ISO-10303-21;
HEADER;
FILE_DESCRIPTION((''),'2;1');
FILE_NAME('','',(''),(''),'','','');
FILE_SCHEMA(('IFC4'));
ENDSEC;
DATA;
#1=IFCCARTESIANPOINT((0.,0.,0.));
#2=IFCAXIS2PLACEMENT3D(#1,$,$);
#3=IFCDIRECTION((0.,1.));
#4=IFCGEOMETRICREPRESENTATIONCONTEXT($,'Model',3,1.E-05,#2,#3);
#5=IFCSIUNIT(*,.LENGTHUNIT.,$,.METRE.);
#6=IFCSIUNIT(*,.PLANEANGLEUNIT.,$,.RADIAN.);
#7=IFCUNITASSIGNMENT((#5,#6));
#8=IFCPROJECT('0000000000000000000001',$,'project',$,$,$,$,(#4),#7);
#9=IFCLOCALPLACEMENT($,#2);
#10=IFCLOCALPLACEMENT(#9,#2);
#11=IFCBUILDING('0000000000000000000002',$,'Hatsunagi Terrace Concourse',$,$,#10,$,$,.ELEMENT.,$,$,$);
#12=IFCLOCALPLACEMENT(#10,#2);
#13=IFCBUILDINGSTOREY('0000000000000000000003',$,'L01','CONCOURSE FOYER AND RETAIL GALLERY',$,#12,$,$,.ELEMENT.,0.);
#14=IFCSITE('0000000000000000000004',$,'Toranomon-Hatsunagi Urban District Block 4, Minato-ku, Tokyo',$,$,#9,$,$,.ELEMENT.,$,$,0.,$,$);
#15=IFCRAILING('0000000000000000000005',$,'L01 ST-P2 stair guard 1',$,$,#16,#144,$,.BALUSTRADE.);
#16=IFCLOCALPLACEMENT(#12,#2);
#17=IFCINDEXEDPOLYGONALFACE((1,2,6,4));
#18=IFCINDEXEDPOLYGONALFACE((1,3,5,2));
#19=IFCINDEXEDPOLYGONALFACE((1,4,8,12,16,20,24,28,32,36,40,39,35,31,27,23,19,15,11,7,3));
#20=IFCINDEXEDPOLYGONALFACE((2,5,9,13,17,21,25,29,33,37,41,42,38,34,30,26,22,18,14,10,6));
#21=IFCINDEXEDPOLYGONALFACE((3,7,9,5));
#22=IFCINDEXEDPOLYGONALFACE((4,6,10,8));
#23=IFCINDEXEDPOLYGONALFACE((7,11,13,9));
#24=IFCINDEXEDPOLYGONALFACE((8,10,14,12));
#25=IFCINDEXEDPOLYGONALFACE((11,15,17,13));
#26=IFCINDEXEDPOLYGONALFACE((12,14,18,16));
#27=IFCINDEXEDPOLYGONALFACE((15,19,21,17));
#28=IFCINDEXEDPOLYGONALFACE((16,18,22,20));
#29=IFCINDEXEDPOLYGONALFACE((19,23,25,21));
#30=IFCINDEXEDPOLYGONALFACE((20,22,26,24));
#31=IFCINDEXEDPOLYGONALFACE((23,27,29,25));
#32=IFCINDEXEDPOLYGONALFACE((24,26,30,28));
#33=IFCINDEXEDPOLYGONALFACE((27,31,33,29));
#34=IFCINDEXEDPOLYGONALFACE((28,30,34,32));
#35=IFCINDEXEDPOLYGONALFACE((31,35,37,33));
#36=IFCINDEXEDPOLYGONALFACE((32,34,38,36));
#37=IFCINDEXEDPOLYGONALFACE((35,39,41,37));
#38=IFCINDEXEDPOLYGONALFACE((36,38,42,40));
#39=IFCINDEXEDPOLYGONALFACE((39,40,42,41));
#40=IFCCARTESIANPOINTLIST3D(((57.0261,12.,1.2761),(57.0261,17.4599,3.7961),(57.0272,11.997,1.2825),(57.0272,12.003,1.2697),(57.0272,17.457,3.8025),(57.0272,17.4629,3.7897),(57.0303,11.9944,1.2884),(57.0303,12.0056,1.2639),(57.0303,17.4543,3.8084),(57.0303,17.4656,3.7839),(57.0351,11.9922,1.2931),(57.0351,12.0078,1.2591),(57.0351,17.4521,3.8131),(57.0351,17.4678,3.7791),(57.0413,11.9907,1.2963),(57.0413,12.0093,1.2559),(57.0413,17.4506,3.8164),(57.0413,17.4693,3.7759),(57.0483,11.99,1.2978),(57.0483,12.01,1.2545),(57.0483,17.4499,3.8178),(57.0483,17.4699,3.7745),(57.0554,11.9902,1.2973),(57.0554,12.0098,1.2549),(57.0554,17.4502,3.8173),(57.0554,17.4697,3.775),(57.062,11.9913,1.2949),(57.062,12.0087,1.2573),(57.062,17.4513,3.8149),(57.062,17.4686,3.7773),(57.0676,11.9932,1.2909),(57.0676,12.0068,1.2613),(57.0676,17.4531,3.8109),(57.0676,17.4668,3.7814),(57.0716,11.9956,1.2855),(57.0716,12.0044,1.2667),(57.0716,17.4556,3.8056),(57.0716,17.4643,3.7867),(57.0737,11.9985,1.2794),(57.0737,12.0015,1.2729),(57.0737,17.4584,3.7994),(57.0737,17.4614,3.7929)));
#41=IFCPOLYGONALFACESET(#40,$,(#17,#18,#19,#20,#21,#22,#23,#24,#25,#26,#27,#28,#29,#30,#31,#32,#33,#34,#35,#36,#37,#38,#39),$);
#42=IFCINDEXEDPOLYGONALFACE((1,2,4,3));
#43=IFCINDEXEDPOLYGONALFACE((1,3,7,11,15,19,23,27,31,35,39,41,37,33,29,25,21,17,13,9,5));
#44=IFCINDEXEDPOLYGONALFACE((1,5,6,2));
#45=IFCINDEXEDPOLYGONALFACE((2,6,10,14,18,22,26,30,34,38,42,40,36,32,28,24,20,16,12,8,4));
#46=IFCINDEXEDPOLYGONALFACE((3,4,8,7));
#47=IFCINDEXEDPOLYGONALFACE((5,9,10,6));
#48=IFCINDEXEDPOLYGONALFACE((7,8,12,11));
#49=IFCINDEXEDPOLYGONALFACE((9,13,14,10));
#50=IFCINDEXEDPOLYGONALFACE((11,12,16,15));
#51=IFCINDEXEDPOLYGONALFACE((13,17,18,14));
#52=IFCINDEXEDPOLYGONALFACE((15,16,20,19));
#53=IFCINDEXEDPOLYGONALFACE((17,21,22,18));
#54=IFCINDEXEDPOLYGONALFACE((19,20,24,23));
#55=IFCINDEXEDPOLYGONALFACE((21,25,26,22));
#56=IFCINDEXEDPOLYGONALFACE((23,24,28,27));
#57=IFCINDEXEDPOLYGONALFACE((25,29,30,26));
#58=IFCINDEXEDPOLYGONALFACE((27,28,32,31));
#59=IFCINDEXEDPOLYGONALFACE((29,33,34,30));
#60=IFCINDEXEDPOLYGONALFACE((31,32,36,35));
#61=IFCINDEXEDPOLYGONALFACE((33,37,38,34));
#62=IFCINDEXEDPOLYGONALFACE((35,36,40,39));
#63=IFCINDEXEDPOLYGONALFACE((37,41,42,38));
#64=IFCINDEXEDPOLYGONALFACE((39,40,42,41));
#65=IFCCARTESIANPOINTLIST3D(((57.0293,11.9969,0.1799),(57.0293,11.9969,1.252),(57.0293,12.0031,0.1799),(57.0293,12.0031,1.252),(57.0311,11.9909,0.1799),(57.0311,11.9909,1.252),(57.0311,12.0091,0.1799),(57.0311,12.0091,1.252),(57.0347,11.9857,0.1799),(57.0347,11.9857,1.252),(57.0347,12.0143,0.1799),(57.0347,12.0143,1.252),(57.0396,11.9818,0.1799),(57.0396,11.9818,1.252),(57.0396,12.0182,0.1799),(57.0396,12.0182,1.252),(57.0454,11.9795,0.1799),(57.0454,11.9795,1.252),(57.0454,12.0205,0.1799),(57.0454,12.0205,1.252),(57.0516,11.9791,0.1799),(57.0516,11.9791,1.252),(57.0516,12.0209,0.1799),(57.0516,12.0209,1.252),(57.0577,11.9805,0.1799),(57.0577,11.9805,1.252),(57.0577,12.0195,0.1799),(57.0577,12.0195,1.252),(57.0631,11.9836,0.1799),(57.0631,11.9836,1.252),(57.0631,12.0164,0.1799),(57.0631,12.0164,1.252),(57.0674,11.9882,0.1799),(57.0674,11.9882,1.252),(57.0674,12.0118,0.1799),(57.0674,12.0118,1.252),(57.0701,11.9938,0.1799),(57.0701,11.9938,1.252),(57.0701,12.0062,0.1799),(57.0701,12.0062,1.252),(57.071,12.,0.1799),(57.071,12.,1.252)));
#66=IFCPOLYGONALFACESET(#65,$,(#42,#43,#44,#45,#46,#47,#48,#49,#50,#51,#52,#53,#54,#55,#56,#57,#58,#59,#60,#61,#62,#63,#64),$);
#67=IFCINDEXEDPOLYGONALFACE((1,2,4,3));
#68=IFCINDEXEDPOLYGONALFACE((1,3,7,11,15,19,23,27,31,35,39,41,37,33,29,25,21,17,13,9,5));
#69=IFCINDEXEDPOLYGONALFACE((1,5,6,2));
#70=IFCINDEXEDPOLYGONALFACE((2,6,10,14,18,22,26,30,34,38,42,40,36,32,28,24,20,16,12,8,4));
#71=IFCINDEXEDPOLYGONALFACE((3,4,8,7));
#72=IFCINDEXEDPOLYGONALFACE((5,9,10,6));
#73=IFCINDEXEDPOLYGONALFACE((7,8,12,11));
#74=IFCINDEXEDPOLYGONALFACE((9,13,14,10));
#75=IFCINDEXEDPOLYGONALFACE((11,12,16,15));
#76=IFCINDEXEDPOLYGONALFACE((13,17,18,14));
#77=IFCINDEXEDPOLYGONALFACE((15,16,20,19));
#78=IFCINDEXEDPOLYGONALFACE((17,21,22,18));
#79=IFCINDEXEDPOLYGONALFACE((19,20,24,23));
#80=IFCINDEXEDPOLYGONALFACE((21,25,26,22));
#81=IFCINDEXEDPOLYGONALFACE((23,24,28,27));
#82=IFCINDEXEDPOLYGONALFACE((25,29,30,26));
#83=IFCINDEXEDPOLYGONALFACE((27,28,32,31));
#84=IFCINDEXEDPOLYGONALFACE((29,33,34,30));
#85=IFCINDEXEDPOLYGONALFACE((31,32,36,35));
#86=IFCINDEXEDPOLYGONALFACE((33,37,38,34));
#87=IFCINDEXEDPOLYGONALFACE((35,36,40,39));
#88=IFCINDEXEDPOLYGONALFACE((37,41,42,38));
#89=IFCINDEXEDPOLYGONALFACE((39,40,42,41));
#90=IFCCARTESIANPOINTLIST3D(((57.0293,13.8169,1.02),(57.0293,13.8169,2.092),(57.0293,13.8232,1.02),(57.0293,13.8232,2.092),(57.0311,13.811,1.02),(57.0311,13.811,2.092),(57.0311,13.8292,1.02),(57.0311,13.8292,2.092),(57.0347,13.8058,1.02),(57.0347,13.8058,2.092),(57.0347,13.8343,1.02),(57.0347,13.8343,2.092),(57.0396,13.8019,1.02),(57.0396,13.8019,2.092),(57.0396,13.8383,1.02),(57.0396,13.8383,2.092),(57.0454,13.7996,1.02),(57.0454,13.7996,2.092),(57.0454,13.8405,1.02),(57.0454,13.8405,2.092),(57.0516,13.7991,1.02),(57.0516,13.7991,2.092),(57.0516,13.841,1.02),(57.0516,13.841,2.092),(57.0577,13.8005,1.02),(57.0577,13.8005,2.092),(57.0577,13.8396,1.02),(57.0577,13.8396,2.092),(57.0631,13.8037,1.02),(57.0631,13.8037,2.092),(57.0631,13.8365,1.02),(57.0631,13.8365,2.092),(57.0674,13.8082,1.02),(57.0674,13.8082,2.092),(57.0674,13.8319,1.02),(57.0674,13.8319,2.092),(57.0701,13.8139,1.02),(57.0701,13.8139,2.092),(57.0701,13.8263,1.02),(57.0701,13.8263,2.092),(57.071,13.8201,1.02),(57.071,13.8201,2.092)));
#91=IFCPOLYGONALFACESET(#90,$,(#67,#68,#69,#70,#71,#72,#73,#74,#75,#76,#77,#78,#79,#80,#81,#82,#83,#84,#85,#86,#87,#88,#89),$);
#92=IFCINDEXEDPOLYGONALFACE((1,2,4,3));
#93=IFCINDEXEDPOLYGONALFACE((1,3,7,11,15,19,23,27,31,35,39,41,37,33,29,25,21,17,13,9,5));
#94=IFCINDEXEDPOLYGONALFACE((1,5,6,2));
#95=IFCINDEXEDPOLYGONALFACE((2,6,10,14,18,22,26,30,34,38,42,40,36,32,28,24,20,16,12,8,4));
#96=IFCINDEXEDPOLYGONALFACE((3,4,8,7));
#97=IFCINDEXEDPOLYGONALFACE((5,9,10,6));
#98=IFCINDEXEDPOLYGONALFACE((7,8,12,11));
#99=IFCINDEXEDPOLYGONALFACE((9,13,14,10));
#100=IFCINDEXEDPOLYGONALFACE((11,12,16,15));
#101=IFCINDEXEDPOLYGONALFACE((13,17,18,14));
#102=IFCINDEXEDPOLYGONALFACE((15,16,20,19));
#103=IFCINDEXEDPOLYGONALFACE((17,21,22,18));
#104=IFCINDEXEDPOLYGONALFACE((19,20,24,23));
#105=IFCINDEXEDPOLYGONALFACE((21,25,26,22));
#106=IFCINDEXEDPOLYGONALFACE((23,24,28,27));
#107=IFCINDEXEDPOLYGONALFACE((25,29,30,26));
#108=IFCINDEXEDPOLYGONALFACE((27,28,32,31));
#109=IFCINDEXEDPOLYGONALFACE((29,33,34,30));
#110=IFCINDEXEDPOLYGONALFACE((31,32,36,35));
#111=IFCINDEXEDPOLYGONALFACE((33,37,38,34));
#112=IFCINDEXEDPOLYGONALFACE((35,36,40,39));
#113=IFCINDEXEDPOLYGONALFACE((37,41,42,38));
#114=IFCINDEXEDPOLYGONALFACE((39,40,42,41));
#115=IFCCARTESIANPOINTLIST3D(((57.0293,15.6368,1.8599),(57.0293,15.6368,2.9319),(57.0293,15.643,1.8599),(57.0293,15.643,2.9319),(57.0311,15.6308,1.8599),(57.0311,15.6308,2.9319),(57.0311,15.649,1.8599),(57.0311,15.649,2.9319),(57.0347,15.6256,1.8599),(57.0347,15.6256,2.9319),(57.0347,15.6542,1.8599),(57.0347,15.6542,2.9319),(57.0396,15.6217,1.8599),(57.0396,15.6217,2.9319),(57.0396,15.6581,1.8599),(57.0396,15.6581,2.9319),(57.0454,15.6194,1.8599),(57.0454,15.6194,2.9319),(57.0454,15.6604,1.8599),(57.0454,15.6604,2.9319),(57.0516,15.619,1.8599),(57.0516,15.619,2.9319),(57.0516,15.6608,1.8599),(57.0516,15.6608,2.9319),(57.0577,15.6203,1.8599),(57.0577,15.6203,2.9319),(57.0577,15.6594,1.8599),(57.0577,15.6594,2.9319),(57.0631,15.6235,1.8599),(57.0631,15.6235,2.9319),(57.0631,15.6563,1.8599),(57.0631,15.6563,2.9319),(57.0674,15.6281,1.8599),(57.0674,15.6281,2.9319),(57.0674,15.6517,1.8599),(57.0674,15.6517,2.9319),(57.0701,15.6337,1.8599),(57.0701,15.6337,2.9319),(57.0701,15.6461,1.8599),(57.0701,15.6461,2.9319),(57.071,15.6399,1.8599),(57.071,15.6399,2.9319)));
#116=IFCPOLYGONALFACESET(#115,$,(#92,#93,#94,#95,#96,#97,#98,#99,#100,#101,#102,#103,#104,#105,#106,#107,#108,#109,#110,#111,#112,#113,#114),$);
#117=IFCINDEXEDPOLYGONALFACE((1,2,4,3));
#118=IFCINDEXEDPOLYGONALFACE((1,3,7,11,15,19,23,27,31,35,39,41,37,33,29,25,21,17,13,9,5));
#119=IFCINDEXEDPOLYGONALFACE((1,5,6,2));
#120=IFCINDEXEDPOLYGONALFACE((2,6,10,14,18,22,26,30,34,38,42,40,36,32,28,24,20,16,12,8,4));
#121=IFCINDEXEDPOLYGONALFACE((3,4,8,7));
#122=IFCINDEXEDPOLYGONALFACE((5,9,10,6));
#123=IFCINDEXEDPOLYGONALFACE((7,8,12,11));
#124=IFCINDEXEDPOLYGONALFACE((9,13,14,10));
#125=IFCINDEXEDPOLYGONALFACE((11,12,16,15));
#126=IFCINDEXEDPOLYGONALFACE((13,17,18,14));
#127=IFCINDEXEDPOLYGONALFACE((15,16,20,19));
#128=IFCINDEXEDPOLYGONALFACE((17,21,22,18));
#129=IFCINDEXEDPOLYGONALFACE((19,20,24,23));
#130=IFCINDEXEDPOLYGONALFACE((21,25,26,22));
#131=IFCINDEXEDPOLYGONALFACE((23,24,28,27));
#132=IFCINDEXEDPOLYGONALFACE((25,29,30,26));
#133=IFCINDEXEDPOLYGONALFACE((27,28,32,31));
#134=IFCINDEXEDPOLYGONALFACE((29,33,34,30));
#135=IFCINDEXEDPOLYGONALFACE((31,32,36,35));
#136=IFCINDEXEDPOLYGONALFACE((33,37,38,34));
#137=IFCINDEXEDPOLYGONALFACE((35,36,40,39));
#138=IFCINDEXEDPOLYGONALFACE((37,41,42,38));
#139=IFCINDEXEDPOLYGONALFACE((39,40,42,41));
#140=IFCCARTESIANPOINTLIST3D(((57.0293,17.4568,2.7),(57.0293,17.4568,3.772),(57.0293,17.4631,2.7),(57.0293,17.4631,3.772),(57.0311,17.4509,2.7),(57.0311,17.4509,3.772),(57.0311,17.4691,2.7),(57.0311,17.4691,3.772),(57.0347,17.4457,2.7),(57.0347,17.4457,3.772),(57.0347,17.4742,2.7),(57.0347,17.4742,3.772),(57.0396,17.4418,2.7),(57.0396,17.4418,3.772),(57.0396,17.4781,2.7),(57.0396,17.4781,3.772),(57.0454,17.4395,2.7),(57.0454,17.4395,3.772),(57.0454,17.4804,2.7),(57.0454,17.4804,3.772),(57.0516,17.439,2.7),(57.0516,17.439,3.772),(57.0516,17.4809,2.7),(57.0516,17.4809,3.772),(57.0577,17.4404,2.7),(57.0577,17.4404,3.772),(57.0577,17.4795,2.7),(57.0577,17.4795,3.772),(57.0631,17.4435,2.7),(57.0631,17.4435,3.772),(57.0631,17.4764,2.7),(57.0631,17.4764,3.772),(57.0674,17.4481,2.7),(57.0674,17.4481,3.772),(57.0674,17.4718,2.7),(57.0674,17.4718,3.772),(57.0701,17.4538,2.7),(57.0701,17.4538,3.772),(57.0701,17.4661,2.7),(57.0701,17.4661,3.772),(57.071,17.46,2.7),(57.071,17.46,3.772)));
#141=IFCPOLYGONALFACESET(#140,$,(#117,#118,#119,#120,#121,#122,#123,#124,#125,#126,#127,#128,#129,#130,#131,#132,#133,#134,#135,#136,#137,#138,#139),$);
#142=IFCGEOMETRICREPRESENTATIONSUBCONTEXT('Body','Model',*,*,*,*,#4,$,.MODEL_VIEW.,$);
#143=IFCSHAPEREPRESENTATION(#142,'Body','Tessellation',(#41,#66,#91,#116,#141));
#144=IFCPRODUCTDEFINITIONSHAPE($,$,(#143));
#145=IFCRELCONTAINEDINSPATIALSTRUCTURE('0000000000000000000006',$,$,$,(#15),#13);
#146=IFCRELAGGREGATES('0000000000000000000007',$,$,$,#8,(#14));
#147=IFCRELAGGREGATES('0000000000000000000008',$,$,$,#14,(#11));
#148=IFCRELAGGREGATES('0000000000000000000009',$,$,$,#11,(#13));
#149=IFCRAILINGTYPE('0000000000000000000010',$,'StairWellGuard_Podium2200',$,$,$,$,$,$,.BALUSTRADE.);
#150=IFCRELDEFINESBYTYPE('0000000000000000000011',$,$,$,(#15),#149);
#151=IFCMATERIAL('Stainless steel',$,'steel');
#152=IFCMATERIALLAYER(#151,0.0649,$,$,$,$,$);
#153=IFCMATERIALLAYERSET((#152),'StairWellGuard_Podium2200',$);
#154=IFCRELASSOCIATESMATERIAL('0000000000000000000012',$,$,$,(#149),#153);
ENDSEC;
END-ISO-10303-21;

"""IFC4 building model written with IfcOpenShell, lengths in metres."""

from ifc_helpers import new_model, si_unit, direction, frame, origin, origin_2d, place, context, subcontext, project, spatial, circle, extrude, material, layer, layer_set, type_object, element, save


model = new_model("IFC4")

# Units and contexts
model_context = context("Model", 3, precision=1e-05, world=origin(), true_north=direction((0.0, 1.0)))
body_context = subcontext(model_context, "Body", "Model", "MODEL_VIEW")
ifc_project = project(units=[si_unit("LENGTHUNIT", "METRE"), si_unit("PLANEANGLEUNIT", "RADIAN")], contexts=[model_context])

# Site, building, storey
site_placement = place(None, origin())
site = spatial("IfcSite", under=ifc_project, at=site_placement, Name="Toranomon-Hatsunagi Urban District Block 4, Minato-ku, Tokyo", CompositionType="ELEMENT", RefElevation=0.0)
building_placement = place(site_placement, origin())
building = spatial("IfcBuilding", under=site, at=building_placement, Name="Hatsunagi Terrace Concourse", CompositionType="ELEMENT")
storey_placement = place(building_placement, origin())
storey = spatial("IfcBuildingStorey", under=building, at=storey_placement, Name="L01", Description="CONCOURSE FOYER AND RETAIL GALLERY", CompositionType="ELEMENT", Elevation=0.0)

# Railing
ifc_material_1 = material(Name="Stainless steel", Category="steel")
ifc_layer_1 = layer(ifc_material_1, 0.0649)
ifc_layer_set_1 = layer_set([ifc_layer_1], Name="StairWellGuard_Podium2200")
railing_type_1 = type_object("IfcRailingType", Name="StairWellGuard_Podium2200", PredefinedType="BALUSTRADE", material=ifc_layer_set_1)
railing_1_placement = place(storey_placement, frame((57.05, 12.0, 0.1799)))
element("IfcRailing", 1, at=railing_1_placement, inside=storey, type_object=railing_type_1, Name="L01 ST-P2 stair guard 1", PredefinedType="BALUSTRADE", context=body_context, shape_type="SweptSolid", body=[
    extrude(circle(Radius=0.0239, at=origin_2d()), frame((0.0, 0.0, 1.0962), z_axis=(0.0, 0.907957, 0.419063), x_axis=(-1.0, 0.0, 0.0)), (0.0, 0.0, 1.0), 6.0134),
    extrude(circle(Radius=0.021, at=origin_2d()), origin(), (0.0, 0.0, 1.0), 1.072),
    extrude(circle(Radius=0.021, at=origin_2d()), frame((0.0, 1.8201, 0.8401)), (0.0, 0.0, 1.0), 1.072),
    extrude(circle(Radius=0.021, at=origin_2d()), frame((0.0, 3.6399, 1.6799)), (0.0, 0.0, 1.0), 1.072),
    extrude(circle(Radius=0.021, at=origin_2d()), frame((0.0, 5.46, 2.52)), (0.0, 0.0, 1.0), 1.072),
])

save(model, "model.ifc")
